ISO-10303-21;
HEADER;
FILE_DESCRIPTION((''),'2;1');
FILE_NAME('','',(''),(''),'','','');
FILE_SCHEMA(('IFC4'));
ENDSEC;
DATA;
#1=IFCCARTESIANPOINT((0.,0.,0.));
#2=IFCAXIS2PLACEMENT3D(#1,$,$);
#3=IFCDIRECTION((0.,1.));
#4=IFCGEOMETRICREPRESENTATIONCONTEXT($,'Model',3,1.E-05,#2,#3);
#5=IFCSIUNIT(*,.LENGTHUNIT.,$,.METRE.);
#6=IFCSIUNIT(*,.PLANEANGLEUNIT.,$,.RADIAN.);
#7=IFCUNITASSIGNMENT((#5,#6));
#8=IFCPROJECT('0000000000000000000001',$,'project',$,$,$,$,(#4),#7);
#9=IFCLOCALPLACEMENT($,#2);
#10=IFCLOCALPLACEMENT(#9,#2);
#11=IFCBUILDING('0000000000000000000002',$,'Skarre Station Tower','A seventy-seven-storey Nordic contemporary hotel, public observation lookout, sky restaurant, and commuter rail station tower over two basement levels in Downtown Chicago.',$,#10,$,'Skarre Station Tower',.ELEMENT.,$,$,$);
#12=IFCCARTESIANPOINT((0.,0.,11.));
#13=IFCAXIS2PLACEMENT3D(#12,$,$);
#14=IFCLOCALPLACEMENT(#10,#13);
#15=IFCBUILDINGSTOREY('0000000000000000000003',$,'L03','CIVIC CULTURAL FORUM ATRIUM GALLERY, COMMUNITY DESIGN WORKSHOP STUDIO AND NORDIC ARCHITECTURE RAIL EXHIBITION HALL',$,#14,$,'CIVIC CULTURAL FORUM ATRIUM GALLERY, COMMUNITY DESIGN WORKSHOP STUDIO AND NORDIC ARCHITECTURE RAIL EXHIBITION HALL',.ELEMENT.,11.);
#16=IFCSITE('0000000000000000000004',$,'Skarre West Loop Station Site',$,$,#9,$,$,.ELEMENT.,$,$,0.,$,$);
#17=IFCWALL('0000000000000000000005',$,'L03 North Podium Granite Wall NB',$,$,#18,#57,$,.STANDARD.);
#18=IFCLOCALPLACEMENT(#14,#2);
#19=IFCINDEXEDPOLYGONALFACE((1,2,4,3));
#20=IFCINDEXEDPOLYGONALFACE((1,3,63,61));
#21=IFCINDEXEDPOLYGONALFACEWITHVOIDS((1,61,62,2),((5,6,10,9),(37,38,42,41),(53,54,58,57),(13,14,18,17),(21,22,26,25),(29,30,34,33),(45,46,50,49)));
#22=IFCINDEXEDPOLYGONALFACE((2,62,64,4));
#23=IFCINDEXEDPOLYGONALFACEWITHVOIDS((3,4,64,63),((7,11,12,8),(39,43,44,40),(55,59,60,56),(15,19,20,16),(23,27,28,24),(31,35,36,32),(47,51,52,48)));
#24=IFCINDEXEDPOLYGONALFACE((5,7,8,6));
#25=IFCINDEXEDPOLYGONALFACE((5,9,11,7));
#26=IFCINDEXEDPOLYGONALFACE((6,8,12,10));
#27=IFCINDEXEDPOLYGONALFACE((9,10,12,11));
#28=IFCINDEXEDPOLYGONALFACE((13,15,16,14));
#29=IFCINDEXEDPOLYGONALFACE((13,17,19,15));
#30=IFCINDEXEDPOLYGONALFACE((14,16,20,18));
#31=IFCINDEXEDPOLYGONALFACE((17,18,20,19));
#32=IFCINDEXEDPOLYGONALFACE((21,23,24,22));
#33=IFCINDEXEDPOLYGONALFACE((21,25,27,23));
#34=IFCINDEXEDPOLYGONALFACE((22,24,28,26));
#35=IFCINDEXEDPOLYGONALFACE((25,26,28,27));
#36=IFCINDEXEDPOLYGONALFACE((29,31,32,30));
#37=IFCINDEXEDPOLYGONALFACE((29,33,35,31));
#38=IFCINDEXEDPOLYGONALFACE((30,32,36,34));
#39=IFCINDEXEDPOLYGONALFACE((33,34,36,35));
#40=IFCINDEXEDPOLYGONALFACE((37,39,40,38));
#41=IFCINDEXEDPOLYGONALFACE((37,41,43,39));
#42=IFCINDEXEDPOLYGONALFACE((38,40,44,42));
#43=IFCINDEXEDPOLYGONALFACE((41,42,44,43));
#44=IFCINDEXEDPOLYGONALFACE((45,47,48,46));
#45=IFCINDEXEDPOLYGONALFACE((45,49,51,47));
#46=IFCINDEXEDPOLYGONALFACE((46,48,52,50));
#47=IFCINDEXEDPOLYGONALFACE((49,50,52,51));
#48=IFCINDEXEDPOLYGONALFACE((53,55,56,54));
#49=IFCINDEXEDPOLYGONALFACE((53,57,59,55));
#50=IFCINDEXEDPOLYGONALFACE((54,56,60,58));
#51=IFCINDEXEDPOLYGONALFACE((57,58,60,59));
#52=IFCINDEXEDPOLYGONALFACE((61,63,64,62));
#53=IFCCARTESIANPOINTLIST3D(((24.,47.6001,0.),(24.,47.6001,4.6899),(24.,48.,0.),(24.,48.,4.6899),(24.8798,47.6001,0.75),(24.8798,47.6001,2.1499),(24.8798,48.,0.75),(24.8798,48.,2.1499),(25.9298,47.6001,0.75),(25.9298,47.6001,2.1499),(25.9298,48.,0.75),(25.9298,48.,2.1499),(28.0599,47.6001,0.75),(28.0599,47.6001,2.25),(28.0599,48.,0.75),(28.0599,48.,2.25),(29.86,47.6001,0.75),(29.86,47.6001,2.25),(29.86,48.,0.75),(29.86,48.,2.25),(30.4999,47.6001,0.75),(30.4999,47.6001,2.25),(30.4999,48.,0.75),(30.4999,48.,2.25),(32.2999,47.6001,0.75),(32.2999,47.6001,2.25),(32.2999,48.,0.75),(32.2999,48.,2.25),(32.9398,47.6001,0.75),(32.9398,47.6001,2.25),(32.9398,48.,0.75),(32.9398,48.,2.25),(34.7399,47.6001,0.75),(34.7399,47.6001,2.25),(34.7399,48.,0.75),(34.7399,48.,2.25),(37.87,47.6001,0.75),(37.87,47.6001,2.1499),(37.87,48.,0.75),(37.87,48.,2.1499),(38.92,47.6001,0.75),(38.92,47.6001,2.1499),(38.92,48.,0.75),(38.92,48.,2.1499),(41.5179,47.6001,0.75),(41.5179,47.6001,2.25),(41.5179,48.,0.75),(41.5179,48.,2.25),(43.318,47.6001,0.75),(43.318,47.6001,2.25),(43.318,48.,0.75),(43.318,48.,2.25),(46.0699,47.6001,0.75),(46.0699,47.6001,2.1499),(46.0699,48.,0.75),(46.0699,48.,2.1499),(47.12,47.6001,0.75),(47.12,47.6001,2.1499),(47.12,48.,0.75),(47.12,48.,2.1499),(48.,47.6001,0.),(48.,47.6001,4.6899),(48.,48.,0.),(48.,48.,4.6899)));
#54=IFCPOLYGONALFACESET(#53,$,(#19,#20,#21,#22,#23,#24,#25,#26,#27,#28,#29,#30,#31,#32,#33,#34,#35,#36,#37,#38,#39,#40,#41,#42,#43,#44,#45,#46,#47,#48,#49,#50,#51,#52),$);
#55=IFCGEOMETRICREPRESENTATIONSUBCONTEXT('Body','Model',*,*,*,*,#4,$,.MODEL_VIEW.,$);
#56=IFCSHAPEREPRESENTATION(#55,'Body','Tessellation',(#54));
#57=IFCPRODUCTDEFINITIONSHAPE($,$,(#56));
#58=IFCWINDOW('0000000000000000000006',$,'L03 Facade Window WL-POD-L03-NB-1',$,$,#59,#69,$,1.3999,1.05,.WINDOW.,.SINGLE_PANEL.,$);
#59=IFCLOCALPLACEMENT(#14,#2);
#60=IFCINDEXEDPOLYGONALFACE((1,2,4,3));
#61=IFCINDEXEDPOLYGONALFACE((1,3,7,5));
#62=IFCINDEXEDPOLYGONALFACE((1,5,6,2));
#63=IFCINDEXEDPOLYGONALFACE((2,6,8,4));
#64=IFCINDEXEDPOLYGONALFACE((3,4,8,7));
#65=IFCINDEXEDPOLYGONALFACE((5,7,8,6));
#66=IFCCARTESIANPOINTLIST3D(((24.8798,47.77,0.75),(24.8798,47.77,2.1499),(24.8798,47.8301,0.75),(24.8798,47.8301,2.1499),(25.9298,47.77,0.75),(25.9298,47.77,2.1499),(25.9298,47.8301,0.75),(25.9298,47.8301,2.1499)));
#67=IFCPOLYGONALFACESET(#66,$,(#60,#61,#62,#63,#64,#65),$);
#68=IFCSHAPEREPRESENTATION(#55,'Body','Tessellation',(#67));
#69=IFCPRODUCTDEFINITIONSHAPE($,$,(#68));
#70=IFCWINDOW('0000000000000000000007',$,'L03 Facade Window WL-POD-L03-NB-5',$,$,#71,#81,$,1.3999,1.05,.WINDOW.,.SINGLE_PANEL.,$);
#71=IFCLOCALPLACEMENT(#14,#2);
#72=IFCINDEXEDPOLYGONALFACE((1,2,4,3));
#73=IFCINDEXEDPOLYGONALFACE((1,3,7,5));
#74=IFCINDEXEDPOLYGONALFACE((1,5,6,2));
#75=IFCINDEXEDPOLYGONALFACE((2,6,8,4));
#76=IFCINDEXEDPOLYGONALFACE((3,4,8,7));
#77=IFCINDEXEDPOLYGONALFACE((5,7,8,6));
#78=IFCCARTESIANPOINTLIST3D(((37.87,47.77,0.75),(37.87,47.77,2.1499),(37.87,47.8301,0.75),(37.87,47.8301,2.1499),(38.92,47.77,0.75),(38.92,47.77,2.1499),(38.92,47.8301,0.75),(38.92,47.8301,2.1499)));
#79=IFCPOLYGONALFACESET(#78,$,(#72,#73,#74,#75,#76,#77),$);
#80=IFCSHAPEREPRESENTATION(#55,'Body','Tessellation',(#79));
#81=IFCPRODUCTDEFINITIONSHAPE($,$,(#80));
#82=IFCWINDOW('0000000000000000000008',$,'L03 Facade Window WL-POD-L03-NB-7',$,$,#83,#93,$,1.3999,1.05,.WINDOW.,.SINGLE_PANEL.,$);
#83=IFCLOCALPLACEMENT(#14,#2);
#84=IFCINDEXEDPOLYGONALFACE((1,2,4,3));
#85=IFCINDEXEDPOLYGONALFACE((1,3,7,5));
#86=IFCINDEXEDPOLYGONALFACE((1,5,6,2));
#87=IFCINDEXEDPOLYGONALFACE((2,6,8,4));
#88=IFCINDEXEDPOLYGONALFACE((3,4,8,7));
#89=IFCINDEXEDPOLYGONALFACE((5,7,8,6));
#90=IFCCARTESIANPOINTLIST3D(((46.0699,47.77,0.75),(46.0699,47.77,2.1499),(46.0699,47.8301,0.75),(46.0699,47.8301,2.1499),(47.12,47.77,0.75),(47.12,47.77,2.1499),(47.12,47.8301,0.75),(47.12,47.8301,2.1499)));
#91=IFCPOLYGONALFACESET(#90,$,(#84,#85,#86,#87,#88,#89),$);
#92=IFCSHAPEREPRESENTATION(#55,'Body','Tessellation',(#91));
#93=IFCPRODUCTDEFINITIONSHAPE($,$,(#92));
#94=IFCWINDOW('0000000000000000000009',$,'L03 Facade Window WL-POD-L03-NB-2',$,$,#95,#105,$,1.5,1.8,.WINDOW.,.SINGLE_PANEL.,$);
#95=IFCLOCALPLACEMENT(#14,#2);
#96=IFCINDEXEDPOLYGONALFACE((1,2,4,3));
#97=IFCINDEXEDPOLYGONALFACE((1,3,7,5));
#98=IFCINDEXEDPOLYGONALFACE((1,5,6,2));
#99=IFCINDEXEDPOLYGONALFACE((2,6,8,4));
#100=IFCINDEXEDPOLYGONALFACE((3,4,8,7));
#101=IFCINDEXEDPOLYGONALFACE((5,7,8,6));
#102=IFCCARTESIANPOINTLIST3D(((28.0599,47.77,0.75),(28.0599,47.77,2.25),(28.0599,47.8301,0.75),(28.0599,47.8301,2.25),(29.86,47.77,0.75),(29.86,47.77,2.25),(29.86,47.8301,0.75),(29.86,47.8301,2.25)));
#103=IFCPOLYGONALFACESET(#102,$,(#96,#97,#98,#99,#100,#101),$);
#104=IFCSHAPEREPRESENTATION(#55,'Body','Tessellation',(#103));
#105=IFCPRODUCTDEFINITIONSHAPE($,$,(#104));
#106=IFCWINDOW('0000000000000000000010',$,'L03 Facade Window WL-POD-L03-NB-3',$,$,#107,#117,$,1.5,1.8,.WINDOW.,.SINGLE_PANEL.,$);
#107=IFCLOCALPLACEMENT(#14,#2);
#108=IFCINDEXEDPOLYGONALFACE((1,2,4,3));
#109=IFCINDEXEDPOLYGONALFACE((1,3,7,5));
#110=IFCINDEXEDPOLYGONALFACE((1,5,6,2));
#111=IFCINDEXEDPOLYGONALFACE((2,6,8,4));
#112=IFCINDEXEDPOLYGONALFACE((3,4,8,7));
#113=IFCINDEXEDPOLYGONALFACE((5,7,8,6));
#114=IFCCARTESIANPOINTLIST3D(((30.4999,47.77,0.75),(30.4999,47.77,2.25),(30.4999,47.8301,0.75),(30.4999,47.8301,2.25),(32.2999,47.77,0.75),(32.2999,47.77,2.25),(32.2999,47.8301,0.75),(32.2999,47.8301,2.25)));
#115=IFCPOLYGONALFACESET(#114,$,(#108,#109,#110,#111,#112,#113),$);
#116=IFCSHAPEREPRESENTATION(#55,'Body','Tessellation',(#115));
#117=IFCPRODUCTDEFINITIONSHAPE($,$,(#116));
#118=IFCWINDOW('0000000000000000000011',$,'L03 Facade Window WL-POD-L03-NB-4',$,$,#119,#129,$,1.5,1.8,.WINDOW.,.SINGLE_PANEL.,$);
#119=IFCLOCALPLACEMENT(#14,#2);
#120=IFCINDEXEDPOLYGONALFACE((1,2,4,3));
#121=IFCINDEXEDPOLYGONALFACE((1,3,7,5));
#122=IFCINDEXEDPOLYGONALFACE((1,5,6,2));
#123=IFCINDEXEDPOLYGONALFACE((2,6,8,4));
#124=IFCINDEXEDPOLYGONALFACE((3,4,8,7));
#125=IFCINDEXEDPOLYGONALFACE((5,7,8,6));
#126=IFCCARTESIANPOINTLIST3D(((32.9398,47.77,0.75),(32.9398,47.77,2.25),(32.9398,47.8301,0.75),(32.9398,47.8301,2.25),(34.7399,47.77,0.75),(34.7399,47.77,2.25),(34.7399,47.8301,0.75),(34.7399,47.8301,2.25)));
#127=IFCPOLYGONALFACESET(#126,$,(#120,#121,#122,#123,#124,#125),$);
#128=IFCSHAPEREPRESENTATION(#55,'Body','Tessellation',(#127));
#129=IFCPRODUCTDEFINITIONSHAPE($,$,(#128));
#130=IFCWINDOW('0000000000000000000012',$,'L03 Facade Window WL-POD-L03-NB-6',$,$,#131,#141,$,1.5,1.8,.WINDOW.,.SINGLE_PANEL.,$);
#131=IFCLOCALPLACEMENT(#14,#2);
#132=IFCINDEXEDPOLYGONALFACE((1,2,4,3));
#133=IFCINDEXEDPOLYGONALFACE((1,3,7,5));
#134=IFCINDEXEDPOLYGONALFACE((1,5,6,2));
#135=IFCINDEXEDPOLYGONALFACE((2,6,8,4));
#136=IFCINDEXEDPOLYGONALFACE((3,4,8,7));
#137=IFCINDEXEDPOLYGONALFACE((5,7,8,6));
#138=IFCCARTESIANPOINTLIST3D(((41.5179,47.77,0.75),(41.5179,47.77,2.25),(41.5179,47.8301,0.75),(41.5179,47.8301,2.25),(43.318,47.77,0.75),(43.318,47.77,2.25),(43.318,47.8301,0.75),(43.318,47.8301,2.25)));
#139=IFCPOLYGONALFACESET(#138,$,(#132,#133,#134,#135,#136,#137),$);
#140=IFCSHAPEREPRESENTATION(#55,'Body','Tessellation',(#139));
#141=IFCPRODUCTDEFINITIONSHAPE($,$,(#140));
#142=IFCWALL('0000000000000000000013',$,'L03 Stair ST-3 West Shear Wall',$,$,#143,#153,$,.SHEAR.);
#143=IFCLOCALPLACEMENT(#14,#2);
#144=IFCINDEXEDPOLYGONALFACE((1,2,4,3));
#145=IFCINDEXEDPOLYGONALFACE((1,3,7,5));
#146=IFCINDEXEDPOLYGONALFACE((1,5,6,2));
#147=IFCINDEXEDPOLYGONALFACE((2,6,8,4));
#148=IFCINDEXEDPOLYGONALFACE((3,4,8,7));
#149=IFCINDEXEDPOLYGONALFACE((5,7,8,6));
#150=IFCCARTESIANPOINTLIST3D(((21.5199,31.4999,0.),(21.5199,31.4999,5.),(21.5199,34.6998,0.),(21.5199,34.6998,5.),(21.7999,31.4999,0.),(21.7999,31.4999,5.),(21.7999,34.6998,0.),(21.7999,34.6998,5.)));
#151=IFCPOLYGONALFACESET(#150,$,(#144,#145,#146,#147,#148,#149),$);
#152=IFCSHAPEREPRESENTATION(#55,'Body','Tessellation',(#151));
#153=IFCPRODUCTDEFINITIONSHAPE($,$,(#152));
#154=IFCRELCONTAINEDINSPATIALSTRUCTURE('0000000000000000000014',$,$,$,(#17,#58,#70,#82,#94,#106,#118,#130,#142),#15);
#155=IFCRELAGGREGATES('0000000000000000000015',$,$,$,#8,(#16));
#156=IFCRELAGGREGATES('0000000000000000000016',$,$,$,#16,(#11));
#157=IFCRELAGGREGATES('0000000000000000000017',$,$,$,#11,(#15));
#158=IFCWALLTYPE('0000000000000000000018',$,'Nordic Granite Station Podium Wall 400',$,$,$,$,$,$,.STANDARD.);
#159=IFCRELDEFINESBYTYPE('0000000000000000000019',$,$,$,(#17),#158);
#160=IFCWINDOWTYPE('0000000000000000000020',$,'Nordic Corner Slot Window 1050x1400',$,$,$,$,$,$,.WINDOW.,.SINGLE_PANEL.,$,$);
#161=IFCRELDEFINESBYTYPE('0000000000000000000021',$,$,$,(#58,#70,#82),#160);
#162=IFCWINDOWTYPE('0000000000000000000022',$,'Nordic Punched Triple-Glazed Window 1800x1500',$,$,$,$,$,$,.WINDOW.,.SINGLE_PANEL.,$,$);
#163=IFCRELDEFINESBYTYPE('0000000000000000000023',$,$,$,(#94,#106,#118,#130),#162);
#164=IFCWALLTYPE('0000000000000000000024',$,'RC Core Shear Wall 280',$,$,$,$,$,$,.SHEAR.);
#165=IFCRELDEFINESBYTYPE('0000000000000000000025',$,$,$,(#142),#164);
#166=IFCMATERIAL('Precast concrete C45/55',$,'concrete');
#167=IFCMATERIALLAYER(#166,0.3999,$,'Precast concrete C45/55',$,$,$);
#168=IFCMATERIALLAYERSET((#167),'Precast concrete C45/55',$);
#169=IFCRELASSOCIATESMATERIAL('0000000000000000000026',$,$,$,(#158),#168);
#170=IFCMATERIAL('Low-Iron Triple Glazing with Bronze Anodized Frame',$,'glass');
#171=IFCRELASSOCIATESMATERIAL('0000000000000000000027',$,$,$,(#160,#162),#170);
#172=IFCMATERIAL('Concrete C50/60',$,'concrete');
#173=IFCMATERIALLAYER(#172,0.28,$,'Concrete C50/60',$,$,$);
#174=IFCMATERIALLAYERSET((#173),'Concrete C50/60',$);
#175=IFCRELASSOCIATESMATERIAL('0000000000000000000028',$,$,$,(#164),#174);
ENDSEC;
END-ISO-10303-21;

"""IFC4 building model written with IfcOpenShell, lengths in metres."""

from ifc_helpers import new_model, si_unit, direction, frame, frame_2d, origin, place, context, subcontext, project, spatial, rectangle, extrude, material, layer, layer_set, type_object, element, fill, save


model = new_model("IFC4")

# Units and contexts
model_context = context("Model", 3, precision=1e-05, world=origin(), true_north=direction((0.0, 1.0)))
body_context = subcontext(model_context, "Body", "Model", "MODEL_VIEW")
ifc_project = project(units=[si_unit("LENGTHUNIT", "METRE"), si_unit("PLANEANGLEUNIT", "RADIAN")], contexts=[model_context])

# Site, building, storey
site_placement = place(None, origin())
site = spatial("IfcSite", under=ifc_project, at=site_placement, Name="Skarre West Loop Station Site", CompositionType="ELEMENT", RefElevation=0.0)
building_placement = place(site_placement, origin())
building = spatial("IfcBuilding", under=site, at=building_placement, Name="Skarre Station Tower", Description="A seventy-seven-storey Nordic contemporary hotel, public observation lookout, sky restaurant, and commuter rail station tower over two basement levels in Downtown Chicago.", LongName="Skarre Station Tower", CompositionType="ELEMENT")
storey_placement = place(building_placement, frame((0.0, 0.0, 11.0)))
storey = spatial("IfcBuildingStorey", under=building, at=storey_placement, Name="L03", Description="CIVIC CULTURAL FORUM ATRIUM GALLERY, COMMUNITY DESIGN WORKSHOP STUDIO AND NORDIC ARCHITECTURE RAIL EXHIBITION HALL", LongName="CIVIC CULTURAL FORUM ATRIUM GALLERY, COMMUNITY DESIGN WORKSHOP STUDIO AND NORDIC ARCHITECTURE RAIL EXHIBITION HALL", CompositionType="ELEMENT", Elevation=11.0)

# Wall, openings, windows
ifc_material_1 = material(Name="Precast concrete C45/55", Category="concrete")
ifc_layer_1 = layer(ifc_material_1, 0.3999, Name="Precast concrete C45/55")
ifc_layer_set_1 = layer_set([ifc_layer_1], Name="Precast concrete C45/55")
wall_type_1 = type_object("IfcWallType", Name="Nordic Granite Station Podium Wall 400", PredefinedType="STANDARD", material=ifc_layer_set_1)
wall_1_placement = place(storey_placement, frame((24.0, 47.8, 0.0), z_axis=(0.0, 0.0, 1.0), x_axis=(1.0, 0.0, 0.0)))
wall_1 = element("IfcWall", 1, at=wall_1_placement, inside=storey, type_object=wall_type_1, Name="L03 North Podium Granite Wall NB", PredefinedType="STANDARD", context=body_context, shape_type="SweptSolid", body=[
    extrude(rectangle(XDim=24.0, YDim=0.3999, at=frame_2d((12.0, 0.0))), origin(), (0.0, 0.0, 1.0), 4.6899),
])
opening_1_placement = place(wall_1_placement, frame((0.8799, 0.0, 0.75)))
opening_1 = element("IfcOpeningElement", 2, at=opening_1_placement, cuts=wall_1, PredefinedType="OPENING", context=body_context, shape_type="SweptSolid", body=[
    extrude(rectangle(XDim=1.05, YDim=1.3999, at=frame_2d((0.5249, 0.7))), frame((0.0, 0.21, 0.0), z_axis=(0.0, -1.0, 0.0), x_axis=(1.0, 0.0, 0.0)), (0.0, 0.0, 1.0), 0.4199),
])
opening_2_placement = place(wall_1_placement, frame((4.0601, 0.0, 0.75)))
opening_2 = element("IfcOpeningElement", 3, at=opening_2_placement, cuts=wall_1, PredefinedType="OPENING", context=body_context, shape_type="SweptSolid", body=[
    extrude(rectangle(XDim=1.8, YDim=1.5, at=frame_2d((0.8999, 0.75))), frame((0.0, 0.21, 0.0), z_axis=(0.0, -1.0, 0.0), x_axis=(1.0, 0.0, 0.0)), (0.0, 0.0, 1.0), 0.4199),
])
opening_3_placement = place(wall_1_placement, frame((6.5, 0.0, 0.75)))
opening_3 = element("IfcOpeningElement", 4, at=opening_3_placement, cuts=wall_1, PredefinedType="OPENING", context=body_context, shape_type="SweptSolid", body=[
    extrude(rectangle(XDim=1.8, YDim=1.5, at=frame_2d((0.8999, 0.75))), frame((0.0, 0.21, 0.0), z_axis=(0.0, -1.0, 0.0), x_axis=(1.0, 0.0, 0.0)), (0.0, 0.0, 1.0), 0.4199),
])
opening_4_placement = place(wall_1_placement, frame((8.9399, 0.0, 0.75)))
opening_4 = element("IfcOpeningElement", 5, at=opening_4_placement, cuts=wall_1, PredefinedType="OPENING", context=body_context, shape_type="SweptSolid", body=[
    extrude(rectangle(XDim=1.8, YDim=1.5, at=frame_2d((0.8999, 0.75))), frame((0.0, 0.21, 0.0), z_axis=(0.0, -1.0, 0.0), x_axis=(1.0, 0.0, 0.0)), (0.0, 0.0, 1.0), 0.4199),
])
opening_5_placement = place(wall_1_placement, frame((13.8701, 0.0, 0.75)))
opening_5 = element("IfcOpeningElement", 6, at=opening_5_placement, cuts=wall_1, PredefinedType="OPENING", context=body_context, shape_type="SweptSolid", body=[
    extrude(rectangle(XDim=1.05, YDim=1.3999, at=frame_2d((0.5249, 0.7))), frame((0.0, 0.21, 0.0), z_axis=(0.0, -1.0, 0.0), x_axis=(1.0, 0.0, 0.0)), (0.0, 0.0, 1.0), 0.4199),
])
opening_6_placement = place(wall_1_placement, frame((17.5181, 0.0, 0.75)))
opening_6 = element("IfcOpeningElement", 7, at=opening_6_placement, cuts=wall_1, PredefinedType="OPENING", context=body_context, shape_type="SweptSolid", body=[
    extrude(rectangle(XDim=1.8, YDim=1.5, at=frame_2d((0.8999, 0.75))), frame((0.0, 0.21, 0.0), z_axis=(0.0, -1.0, 0.0), x_axis=(1.0, 0.0, 0.0)), (0.0, 0.0, 1.0), 0.4199),
])
opening_7_placement = place(wall_1_placement, frame((22.0701, 0.0, 0.75)))
opening_7 = element("IfcOpeningElement", 8, at=opening_7_placement, cuts=wall_1, PredefinedType="OPENING", context=body_context, shape_type="SweptSolid", body=[
    extrude(rectangle(XDim=1.05, YDim=1.3999, at=frame_2d((0.5249, 0.7))), frame((0.0, 0.21, 0.0), z_axis=(0.0, -1.0, 0.0), x_axis=(1.0, 0.0, 0.0)), (0.0, 0.0, 1.0), 0.4199),
])
ifc_material_2 = material(Name="Low-Iron Triple Glazing with Bronze Anodized Frame", Category="glass")
window_type_1 = type_object("IfcWindowType", Name="Nordic Corner Slot Window 1050x1400", PartitioningType="SINGLE_PANEL", PredefinedType="WINDOW", material=ifc_material_2)
window_1_placement = place(opening_1_placement, origin())
window_1 = element("IfcWindow", 9, at=window_1_placement, inside=storey, type_object=window_type_1, Name="L03 Facade Window WL-POD-L03-NB-1", OverallHeight=1.3999, OverallWidth=1.05, PartitioningType="SINGLE_PANEL", PredefinedType="WINDOW", context=body_context, shape_type="SweptSolid", body=[
    extrude(rectangle(XDim=1.05, YDim=1.3999, at=frame_2d((0.5249, 0.7))), frame((0.0, 0.03, 0.0), z_axis=(0.0, -1.0, 0.0), x_axis=(1.0, 0.0, 0.0)), (0.0, 0.0, 1.0), 0.0601),
])
fill(opening_1, window_1)
window_2_placement = place(opening_5_placement, origin())
window_2 = element("IfcWindow", 10, at=window_2_placement, inside=storey, type_object=window_type_1, Name="L03 Facade Window WL-POD-L03-NB-5", OverallHeight=1.3999, OverallWidth=1.05, PartitioningType="SINGLE_PANEL", PredefinedType="WINDOW", context=body_context, shape_type="SweptSolid", body=[
    extrude(rectangle(XDim=1.05, YDim=1.3999, at=frame_2d((0.5249, 0.7))), frame((0.0, 0.03, 0.0), z_axis=(0.0, -1.0, 0.0), x_axis=(1.0, 0.0, 0.0)), (0.0, 0.0, 1.0), 0.0601),
])
fill(opening_5, window_2)
window_3_placement = place(opening_7_placement, origin())
window_3 = element("IfcWindow", 11, at=window_3_placement, inside=storey, type_object=window_type_1, Name="L03 Facade Window WL-POD-L03-NB-7", OverallHeight=1.3999, OverallWidth=1.05, PartitioningType="SINGLE_PANEL", PredefinedType="WINDOW", context=body_context, shape_type="SweptSolid", body=[
    extrude(rectangle(XDim=1.05, YDim=1.3999, at=frame_2d((0.5249, 0.7))), frame((0.0, 0.03, 0.0), z_axis=(0.0, -1.0, 0.0), x_axis=(1.0, 0.0, 0.0)), (0.0, 0.0, 1.0), 0.0601),
])
fill(opening_7, window_3)
window_type_2 = type_object("IfcWindowType", Name="Nordic Punched Triple-Glazed Window 1800x1500", PartitioningType="SINGLE_PANEL", PredefinedType="WINDOW", material=ifc_material_2)
window_4_placement = place(opening_2_placement, origin())
window_4 = element("IfcWindow", 12, at=window_4_placement, inside=storey, type_object=window_type_2, Name="L03 Facade Window WL-POD-L03-NB-2", OverallHeight=1.5, OverallWidth=1.8, PartitioningType="SINGLE_PANEL", PredefinedType="WINDOW", context=body_context, shape_type="SweptSolid", body=[
    extrude(rectangle(XDim=1.8, YDim=1.5, at=frame_2d((0.8999, 0.75))), frame((0.0, 0.03, 0.0), z_axis=(0.0, -1.0, 0.0), x_axis=(1.0, 0.0, 0.0)), (0.0, 0.0, 1.0), 0.0601),
])
fill(opening_2, window_4)
window_5_placement = place(opening_3_placement, origin())
window_5 = element("IfcWindow", 13, at=window_5_placement, inside=storey, type_object=window_type_2, Name="L03 Facade Window WL-POD-L03-NB-3", OverallHeight=1.5, OverallWidth=1.8, PartitioningType="SINGLE_PANEL", PredefinedType="WINDOW", context=body_context, shape_type="SweptSolid", body=[
    extrude(rectangle(XDim=1.8, YDim=1.5, at=frame_2d((0.8999, 0.75))), frame((0.0, 0.03, 0.0), z_axis=(0.0, -1.0, 0.0), x_axis=(1.0, 0.0, 0.0)), (0.0, 0.0, 1.0), 0.0601),
])
fill(opening_3, window_5)
window_6_placement = place(opening_4_placement, origin())
window_6 = element("IfcWindow", 14, at=window_6_placement, inside=storey, type_object=window_type_2, Name="L03 Facade Window WL-POD-L03-NB-4", OverallHeight=1.5, OverallWidth=1.8, PartitioningType="SINGLE_PANEL", PredefinedType="WINDOW", context=body_context, shape_type="SweptSolid", body=[
    extrude(rectangle(XDim=1.8, YDim=1.5, at=frame_2d((0.8999, 0.75))), frame((0.0, 0.03, 0.0), z_axis=(0.0, -1.0, 0.0), x_axis=(1.0, 0.0, 0.0)), (0.0, 0.0, 1.0), 0.0601),
])
fill(opening_4, window_6)
window_7_placement = place(opening_6_placement, origin())
window_7 = element("IfcWindow", 15, at=window_7_placement, inside=storey, type_object=window_type_2, Name="L03 Facade Window WL-POD-L03-NB-6", OverallHeight=1.5, OverallWidth=1.8, PartitioningType="SINGLE_PANEL", PredefinedType="WINDOW", context=body_context, shape_type="SweptSolid", body=[
    extrude(rectangle(XDim=1.8, YDim=1.5, at=frame_2d((0.8999, 0.75))), frame((0.0, 0.03, 0.0), z_axis=(0.0, -1.0, 0.0), x_axis=(1.0, 0.0, 0.0)), (0.0, 0.0, 1.0), 0.0601),
])
fill(opening_6, window_7)

# Wall
ifc_material_3 = material(Name="Concrete C50/60", Category="concrete")
ifc_layer_2 = layer(ifc_material_3, 0.28, Name="Concrete C50/60")
ifc_layer_set_2 = layer_set([ifc_layer_2], Name="Concrete C50/60")
wall_type_2 = type_object("IfcWallType", Name="RC Core Shear Wall 280", PredefinedType="SHEAR", material=ifc_layer_set_2)
wall_2_placement = place(storey_placement, frame((21.6599, 34.7, 0.0), z_axis=(0.0, 0.0, 1.0), x_axis=(0.0, -1.0, 0.0)))
element("IfcWall", 16, at=wall_2_placement, inside=storey, type_object=wall_type_2, Name="L03 Stair ST-3 West Shear Wall", PredefinedType="SHEAR", context=body_context, shape_type="SweptSolid", body=[
    extrude(rectangle(XDim=3.2, YDim=0.28, at=frame_2d((1.6001, 0.0))), origin(), (0.0, 0.0, 1.0), 5.0),
])

save(model, "model.ifc")
